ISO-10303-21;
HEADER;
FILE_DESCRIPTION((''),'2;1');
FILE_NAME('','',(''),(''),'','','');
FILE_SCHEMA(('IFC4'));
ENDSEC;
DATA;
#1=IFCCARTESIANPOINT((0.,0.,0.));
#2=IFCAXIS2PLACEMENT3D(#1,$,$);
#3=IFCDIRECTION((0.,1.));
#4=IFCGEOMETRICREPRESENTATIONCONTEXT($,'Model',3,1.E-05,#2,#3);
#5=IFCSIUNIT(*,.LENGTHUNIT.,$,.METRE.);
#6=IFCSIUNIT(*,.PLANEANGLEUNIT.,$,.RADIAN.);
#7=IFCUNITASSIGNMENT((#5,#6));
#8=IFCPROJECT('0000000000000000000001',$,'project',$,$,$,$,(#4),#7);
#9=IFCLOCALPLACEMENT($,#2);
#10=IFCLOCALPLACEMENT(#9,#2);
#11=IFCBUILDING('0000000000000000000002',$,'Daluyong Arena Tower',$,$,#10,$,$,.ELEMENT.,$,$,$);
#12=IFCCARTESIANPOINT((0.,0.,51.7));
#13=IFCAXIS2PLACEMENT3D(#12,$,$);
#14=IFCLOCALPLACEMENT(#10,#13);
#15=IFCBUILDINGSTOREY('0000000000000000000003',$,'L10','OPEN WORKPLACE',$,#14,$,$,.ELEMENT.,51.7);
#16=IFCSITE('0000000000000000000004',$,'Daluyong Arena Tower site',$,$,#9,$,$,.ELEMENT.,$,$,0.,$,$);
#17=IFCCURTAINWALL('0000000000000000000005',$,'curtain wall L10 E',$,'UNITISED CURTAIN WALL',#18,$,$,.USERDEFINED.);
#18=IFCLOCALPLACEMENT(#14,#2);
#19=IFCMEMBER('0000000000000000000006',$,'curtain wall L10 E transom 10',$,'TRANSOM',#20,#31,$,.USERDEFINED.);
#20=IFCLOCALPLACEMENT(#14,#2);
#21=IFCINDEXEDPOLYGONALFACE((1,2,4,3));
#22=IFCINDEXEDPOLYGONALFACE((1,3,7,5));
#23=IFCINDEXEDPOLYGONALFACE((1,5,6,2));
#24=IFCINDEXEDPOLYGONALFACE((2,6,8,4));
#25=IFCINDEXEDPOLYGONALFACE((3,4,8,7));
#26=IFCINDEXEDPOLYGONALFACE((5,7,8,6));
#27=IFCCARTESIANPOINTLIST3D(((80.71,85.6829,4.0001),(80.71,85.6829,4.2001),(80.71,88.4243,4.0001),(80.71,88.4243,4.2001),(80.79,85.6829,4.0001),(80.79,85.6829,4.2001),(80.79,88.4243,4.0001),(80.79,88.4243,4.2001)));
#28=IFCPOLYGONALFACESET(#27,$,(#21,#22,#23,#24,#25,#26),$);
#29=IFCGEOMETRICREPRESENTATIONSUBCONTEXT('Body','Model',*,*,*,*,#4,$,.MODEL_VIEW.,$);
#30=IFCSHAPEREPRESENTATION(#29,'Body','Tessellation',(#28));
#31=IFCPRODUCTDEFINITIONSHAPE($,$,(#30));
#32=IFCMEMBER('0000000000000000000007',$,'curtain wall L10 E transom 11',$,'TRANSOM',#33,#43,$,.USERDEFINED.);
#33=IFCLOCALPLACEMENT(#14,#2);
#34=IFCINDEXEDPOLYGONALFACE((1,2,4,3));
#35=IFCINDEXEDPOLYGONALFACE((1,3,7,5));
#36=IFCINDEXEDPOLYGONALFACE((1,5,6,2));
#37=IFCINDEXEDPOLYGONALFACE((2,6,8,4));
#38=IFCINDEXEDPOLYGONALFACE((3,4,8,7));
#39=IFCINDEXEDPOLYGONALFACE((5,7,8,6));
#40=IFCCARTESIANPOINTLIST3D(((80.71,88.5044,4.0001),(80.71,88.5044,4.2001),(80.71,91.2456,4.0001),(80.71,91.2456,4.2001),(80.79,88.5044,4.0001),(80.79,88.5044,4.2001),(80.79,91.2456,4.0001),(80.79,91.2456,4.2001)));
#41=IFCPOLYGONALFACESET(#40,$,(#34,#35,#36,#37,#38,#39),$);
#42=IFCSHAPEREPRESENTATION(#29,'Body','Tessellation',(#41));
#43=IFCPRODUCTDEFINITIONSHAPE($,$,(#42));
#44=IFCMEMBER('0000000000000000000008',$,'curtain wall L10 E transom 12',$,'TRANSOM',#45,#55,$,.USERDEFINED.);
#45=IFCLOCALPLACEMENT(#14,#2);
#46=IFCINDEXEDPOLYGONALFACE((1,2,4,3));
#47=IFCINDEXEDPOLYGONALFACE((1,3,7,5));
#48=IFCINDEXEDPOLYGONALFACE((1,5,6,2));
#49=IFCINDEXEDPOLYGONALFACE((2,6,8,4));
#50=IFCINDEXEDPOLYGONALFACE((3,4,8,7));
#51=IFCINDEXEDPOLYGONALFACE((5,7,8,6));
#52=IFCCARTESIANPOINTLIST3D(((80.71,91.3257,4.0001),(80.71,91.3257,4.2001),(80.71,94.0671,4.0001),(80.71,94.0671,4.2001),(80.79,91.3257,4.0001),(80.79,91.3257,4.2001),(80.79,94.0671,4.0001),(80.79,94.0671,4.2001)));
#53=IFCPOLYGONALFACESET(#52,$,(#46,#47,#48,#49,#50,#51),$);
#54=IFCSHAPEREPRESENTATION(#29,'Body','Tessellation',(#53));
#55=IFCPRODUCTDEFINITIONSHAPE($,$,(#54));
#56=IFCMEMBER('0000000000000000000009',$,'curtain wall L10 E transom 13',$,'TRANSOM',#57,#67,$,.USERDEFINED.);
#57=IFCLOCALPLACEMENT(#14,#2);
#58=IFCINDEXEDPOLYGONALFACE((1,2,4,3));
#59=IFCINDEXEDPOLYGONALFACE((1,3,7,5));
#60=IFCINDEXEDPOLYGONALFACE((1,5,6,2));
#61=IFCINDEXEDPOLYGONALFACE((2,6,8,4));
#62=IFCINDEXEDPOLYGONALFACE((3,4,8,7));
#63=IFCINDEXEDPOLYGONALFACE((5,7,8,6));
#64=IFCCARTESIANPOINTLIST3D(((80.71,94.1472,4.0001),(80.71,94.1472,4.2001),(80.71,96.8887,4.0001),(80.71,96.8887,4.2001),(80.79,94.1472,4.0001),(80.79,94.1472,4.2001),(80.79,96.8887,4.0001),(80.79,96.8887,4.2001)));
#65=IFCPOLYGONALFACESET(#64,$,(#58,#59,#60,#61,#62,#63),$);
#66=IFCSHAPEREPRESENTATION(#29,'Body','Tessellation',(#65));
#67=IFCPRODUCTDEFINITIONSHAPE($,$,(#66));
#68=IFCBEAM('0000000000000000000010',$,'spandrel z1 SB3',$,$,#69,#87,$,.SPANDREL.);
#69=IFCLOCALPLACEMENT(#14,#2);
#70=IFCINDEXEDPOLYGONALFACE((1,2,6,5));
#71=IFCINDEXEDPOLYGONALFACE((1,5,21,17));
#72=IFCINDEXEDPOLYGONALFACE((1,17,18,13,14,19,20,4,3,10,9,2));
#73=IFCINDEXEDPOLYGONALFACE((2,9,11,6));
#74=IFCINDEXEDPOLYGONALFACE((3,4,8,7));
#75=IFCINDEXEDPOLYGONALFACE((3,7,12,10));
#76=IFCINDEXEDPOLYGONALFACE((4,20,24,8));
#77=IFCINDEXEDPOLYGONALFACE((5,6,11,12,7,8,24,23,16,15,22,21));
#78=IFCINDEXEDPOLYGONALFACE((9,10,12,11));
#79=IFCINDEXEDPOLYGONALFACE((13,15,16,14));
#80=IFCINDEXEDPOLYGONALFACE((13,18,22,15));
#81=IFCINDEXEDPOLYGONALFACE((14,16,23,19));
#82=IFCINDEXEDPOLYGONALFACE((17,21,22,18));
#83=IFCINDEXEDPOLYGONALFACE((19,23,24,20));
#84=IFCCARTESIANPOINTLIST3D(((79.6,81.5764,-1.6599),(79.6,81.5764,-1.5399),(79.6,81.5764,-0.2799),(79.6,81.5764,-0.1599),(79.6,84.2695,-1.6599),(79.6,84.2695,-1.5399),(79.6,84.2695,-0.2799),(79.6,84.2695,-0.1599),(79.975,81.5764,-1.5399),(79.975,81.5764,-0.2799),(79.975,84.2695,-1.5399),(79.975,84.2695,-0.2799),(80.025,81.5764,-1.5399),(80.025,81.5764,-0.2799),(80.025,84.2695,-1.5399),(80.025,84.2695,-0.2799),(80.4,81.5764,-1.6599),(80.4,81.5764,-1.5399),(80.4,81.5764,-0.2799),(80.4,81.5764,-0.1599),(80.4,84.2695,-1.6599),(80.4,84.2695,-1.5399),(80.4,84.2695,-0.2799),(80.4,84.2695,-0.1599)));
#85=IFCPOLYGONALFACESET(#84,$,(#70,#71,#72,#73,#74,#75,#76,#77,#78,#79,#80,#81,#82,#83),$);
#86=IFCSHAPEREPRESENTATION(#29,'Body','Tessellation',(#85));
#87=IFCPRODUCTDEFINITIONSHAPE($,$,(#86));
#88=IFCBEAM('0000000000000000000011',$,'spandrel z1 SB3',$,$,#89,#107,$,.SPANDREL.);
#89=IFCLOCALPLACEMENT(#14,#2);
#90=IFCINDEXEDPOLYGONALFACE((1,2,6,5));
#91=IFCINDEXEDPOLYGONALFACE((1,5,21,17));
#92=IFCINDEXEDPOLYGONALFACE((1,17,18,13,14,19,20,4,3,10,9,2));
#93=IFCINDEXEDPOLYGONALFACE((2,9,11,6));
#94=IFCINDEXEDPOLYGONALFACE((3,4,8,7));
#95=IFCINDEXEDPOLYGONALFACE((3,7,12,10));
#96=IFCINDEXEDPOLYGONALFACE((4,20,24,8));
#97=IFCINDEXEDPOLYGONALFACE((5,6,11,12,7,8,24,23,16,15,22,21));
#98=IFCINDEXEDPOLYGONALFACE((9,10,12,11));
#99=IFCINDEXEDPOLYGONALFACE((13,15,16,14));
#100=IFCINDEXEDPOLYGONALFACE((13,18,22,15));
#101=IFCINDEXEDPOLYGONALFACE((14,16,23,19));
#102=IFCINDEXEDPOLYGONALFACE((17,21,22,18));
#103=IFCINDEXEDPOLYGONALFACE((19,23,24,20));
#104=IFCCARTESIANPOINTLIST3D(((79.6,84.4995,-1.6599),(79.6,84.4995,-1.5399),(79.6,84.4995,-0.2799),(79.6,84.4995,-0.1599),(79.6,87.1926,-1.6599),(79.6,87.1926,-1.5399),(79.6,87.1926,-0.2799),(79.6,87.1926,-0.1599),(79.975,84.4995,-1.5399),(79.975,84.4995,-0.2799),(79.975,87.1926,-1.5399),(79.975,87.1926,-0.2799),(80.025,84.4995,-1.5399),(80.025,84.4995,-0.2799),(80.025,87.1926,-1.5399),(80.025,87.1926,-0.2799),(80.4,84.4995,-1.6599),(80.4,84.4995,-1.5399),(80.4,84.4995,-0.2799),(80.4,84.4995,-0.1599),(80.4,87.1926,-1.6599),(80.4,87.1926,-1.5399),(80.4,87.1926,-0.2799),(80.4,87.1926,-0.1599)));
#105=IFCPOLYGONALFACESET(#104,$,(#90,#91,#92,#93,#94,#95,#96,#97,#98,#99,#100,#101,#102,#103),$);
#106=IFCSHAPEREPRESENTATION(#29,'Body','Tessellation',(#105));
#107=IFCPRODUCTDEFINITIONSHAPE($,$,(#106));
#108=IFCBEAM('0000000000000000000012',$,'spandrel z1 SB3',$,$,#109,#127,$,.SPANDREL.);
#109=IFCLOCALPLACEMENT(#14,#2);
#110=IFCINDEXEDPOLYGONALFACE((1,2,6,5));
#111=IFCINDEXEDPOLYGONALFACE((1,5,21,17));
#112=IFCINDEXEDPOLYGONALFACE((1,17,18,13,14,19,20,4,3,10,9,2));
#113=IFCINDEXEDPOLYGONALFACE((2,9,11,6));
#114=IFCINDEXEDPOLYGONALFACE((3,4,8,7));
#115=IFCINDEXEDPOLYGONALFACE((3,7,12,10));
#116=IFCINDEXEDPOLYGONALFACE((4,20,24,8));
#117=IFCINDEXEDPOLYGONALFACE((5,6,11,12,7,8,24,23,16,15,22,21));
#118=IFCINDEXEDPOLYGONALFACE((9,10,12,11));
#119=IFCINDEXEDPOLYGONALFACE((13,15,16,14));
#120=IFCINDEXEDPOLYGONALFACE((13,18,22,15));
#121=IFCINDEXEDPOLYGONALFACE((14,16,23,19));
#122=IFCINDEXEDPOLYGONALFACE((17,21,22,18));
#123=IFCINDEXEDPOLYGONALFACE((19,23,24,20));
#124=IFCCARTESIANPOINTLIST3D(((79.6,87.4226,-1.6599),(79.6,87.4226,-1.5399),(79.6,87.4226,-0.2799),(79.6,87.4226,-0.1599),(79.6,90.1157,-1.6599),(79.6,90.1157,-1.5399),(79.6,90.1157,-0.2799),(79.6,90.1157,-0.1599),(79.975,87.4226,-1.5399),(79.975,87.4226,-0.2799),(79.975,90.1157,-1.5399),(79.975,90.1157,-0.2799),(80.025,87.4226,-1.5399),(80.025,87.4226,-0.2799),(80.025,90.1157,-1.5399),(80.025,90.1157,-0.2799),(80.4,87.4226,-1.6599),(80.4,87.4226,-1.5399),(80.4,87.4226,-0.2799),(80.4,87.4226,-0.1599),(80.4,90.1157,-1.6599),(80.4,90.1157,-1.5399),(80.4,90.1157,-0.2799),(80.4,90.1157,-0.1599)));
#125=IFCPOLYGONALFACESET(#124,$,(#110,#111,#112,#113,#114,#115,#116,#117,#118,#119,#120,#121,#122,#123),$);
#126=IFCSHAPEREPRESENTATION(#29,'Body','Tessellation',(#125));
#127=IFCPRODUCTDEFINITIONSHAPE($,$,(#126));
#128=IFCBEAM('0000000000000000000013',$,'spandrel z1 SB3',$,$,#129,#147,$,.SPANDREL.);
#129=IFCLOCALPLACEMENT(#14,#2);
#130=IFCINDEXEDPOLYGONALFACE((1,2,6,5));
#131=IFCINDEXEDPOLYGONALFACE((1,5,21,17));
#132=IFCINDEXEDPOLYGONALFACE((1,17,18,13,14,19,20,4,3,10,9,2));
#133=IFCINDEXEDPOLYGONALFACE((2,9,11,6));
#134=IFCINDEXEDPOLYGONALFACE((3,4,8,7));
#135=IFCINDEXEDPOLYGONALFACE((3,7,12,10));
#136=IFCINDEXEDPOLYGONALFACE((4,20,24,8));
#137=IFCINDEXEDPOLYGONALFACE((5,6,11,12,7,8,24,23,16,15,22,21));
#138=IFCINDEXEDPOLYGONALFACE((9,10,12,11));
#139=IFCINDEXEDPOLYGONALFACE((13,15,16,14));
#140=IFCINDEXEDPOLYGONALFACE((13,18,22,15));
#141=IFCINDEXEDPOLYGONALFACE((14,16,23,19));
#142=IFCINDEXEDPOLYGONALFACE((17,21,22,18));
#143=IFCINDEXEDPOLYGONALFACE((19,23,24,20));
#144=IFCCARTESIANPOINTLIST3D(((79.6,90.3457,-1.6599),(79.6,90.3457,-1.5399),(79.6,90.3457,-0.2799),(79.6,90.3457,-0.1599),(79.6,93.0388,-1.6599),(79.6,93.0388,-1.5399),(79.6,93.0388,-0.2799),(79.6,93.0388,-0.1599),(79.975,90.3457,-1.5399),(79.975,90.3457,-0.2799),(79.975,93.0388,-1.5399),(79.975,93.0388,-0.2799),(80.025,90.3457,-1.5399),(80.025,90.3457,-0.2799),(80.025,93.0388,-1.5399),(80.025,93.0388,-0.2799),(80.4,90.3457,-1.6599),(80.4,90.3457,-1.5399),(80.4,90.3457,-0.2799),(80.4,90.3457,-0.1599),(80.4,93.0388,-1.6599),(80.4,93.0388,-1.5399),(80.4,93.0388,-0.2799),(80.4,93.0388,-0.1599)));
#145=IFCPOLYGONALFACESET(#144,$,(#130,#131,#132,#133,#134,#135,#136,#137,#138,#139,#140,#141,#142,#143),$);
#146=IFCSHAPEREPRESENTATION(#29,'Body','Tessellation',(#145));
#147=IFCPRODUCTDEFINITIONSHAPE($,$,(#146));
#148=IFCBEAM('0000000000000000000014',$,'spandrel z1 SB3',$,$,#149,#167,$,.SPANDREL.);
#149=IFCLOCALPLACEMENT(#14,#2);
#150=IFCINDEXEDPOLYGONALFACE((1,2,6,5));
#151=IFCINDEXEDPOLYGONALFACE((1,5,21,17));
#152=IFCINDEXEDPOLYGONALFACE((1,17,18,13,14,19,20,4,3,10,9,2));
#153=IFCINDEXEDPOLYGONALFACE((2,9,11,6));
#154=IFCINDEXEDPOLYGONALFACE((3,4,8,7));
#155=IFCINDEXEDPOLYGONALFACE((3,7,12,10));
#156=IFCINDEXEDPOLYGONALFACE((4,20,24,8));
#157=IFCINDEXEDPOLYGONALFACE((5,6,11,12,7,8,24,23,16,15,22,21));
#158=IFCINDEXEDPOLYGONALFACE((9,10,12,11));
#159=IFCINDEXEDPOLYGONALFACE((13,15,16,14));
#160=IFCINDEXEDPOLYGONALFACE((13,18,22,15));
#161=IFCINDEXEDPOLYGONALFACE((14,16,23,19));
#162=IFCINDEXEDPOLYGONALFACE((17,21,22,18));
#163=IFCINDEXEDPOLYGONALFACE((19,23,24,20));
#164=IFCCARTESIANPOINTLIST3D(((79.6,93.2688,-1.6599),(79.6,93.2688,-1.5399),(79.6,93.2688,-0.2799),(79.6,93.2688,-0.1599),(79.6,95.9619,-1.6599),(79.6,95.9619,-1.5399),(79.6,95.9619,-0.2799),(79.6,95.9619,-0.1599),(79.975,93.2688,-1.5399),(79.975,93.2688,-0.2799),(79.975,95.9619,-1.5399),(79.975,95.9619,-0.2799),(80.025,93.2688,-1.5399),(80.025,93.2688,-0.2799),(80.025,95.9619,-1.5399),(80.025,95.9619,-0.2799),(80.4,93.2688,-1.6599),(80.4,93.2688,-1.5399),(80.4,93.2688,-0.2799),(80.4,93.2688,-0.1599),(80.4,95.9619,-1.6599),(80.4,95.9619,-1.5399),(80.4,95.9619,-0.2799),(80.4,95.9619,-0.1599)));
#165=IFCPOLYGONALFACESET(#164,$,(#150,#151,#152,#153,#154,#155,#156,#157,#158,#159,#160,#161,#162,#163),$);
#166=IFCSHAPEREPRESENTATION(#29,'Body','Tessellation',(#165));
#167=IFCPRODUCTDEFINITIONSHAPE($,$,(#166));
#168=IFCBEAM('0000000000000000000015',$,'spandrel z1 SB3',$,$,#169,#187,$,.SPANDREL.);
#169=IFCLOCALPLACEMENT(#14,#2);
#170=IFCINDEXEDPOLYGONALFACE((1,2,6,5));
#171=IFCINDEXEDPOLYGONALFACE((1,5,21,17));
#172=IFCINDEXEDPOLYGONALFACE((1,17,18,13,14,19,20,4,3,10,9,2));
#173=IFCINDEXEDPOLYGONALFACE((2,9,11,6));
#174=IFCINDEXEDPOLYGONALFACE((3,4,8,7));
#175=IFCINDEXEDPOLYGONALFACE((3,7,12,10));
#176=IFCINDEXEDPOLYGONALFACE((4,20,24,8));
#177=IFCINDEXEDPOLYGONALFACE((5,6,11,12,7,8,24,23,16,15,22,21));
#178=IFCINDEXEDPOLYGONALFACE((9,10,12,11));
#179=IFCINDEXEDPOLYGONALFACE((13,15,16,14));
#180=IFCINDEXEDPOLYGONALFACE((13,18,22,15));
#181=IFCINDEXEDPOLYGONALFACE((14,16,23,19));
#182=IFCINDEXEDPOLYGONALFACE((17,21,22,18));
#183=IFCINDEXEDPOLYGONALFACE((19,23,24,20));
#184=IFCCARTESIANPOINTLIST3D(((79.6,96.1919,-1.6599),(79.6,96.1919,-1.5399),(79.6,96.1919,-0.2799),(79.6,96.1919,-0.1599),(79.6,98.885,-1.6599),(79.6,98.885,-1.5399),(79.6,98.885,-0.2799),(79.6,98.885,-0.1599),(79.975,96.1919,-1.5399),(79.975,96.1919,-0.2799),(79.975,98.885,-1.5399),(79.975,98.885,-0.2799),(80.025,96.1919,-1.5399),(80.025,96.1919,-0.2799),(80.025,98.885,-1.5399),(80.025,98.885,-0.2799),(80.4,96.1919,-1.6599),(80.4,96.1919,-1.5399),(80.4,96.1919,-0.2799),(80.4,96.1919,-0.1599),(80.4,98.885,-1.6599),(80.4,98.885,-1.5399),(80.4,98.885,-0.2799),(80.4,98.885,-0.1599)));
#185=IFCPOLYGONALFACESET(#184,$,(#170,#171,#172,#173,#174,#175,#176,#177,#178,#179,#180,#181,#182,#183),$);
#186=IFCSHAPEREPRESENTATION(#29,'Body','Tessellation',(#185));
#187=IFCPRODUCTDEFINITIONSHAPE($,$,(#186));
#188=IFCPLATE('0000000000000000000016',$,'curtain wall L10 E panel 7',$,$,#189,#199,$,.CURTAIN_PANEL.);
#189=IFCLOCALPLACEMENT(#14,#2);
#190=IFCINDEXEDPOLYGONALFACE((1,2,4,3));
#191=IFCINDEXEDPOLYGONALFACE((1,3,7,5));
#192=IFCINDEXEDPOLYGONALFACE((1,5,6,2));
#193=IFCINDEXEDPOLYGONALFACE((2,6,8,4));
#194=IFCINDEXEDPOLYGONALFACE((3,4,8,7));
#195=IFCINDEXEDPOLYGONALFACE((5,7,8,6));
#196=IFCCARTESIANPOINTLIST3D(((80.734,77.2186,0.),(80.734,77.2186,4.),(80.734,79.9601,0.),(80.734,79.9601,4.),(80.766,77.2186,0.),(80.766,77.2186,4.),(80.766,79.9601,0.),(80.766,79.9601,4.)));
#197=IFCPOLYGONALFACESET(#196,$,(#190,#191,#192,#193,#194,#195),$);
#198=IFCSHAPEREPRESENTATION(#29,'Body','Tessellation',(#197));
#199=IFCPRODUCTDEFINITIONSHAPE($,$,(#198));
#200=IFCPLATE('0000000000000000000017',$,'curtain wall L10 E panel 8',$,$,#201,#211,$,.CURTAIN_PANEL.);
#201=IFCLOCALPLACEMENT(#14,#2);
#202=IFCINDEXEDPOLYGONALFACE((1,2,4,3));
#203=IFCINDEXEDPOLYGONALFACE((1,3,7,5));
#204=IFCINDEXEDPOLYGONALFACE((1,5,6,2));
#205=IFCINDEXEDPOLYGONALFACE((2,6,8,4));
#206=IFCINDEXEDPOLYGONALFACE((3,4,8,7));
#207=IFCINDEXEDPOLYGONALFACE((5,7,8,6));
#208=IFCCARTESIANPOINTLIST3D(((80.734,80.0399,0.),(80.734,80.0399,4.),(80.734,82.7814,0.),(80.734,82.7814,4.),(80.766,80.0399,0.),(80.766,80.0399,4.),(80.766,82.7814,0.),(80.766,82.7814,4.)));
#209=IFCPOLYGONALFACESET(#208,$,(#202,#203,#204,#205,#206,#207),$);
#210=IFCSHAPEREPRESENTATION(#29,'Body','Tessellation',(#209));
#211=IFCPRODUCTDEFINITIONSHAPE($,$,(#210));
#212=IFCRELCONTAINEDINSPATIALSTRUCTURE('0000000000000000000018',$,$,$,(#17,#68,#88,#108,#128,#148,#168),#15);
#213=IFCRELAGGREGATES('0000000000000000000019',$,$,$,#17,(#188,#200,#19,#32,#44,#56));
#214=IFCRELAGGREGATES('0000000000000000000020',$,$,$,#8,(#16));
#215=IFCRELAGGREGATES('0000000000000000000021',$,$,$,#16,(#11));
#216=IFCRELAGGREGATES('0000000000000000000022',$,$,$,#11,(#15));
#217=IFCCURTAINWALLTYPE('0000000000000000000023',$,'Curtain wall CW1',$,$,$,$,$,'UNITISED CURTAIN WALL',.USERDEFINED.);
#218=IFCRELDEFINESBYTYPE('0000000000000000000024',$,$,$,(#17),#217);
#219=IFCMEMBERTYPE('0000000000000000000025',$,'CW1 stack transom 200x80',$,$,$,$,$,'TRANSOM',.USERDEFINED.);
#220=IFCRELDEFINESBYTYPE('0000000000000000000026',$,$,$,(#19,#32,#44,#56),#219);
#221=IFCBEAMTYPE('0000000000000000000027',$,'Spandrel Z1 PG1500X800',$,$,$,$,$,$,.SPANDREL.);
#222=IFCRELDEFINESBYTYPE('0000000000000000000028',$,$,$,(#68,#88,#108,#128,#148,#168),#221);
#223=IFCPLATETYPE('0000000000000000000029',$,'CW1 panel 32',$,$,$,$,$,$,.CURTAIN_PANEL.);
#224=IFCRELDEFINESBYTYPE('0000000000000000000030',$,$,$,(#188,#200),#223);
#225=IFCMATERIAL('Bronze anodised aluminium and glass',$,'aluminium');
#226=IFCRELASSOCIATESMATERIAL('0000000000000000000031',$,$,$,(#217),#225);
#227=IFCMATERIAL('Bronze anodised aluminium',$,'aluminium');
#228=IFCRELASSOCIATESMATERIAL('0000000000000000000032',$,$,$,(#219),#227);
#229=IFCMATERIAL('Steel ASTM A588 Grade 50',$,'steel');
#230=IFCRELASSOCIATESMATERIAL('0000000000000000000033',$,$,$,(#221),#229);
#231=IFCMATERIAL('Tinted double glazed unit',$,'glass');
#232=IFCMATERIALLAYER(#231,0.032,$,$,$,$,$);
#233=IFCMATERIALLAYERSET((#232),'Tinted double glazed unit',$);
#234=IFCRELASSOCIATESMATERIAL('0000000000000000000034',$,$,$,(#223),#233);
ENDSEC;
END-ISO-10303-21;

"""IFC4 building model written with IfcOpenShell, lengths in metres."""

from ifc_helpers import new_model, si_unit, direction, frame, origin, origin_2d, place, context, subcontext, project, spatial, rectangle, i_section, extrude, material, layer, layer_set, material_profile, profile_set, type_object, element, aggregate, save


model = new_model("IFC4")

# Units and contexts
model_context = context("Model", 3, precision=1e-05, world=origin(), true_north=direction((0.0, 1.0)))
body_context = subcontext(model_context, "Body", "Model", "MODEL_VIEW")
ifc_project = project(units=[si_unit("LENGTHUNIT", "METRE"), si_unit("PLANEANGLEUNIT", "RADIAN")], contexts=[model_context])

# Site, building, storey
site_placement = place(None, origin())
site = spatial("IfcSite", under=ifc_project, at=site_placement, Name="Daluyong Arena Tower site", CompositionType="ELEMENT", RefElevation=0.0)
building_placement = place(site_placement, origin())
building = spatial("IfcBuilding", under=site, at=building_placement, Name="Daluyong Arena Tower", CompositionType="ELEMENT")
storey_placement = place(building_placement, frame((0.0, 0.0, 51.7)))
storey = spatial("IfcBuildingStorey", under=building, at=storey_placement, Name="L10", Description="OPEN WORKPLACE", CompositionType="ELEMENT", Elevation=51.7)

# Curtain wall, members
ifc_material_1 = material(Name="Bronze anodised aluminium and glass", Category="aluminium")
curtain_wall_type = type_object("IfcCurtainWallType", Name="Curtain wall CW1", ElementType="UNITISED CURTAIN WALL", PredefinedType="USERDEFINED", material=ifc_material_1)
curtain_wall_placement = place(storey_placement, origin())
curtain_wall = element("IfcCurtainWall", 1, at=curtain_wall_placement, inside=storey, type_object=curtain_wall_type, Name="curtain wall L10 E", ObjectType="UNITISED CURTAIN WALL", PredefinedType="USERDEFINED")
ifc_material_2 = material(Name="Bronze anodised aluminium", Category="aluminium")
ifc_material_profile_1 = material_profile(ifc_material_2, rectangle(XDim=0.0801, YDim=0.2, at=origin_2d()))
ifc_profile_set_1 = profile_set([ifc_material_profile_1], Name="Bronze anodised aluminium")
member_type_1 = type_object("IfcMemberType", Name="CW1 stack transom 200x80", ElementType="TRANSOM", PredefinedType="USERDEFINED", material=ifc_profile_set_1)
member_1_placement = place(storey_placement, frame((80.75, 85.6829, 4.1001), z_axis=(0.0, 1.0, 0.0), x_axis=(-1.0, 0.0, 0.0)))
member_1 = element("IfcMember", 2, at=member_1_placement, type_object=member_type_1, Name="curtain wall L10 E transom 10", ObjectType="TRANSOM", PredefinedType="USERDEFINED", context=body_context, shape_type="SweptSolid", body=[
    extrude(rectangle(XDim=0.0801, YDim=0.2, at=origin_2d()), origin(), (0.0, 0.0, 1.0), 2.7415),
])
member_2_placement = place(storey_placement, frame((80.75, 88.5044, 4.1001), z_axis=(0.0, 1.0, 0.0), x_axis=(-1.0, 0.0, 0.0)))
member_2 = element("IfcMember", 3, at=member_2_placement, type_object=member_type_1, Name="curtain wall L10 E transom 11", ObjectType="TRANSOM", PredefinedType="USERDEFINED", context=body_context, shape_type="SweptSolid", body=[
    extrude(rectangle(XDim=0.0801, YDim=0.2, at=origin_2d()), origin(), (0.0, 0.0, 1.0), 2.7412),
])
member_3_placement = place(storey_placement, frame((80.75, 91.3257, 4.1001), z_axis=(0.0, 1.0, 0.0), x_axis=(-1.0, 0.0, 0.0)))
member_3 = element("IfcMember", 4, at=member_3_placement, type_object=member_type_1, Name="curtain wall L10 E transom 12", ObjectType="TRANSOM", PredefinedType="USERDEFINED", context=body_context, shape_type="SweptSolid", body=[
    extrude(rectangle(XDim=0.0801, YDim=0.2, at=origin_2d()), origin(), (0.0, 0.0, 1.0), 2.7415),
])
member_4_placement = place(storey_placement, frame((80.75, 94.1472, 4.1001), z_axis=(0.0, 1.0, 0.0), x_axis=(-1.0, 0.0, 0.0)))
member_4 = element("IfcMember", 5, at=member_4_placement, type_object=member_type_1, Name="curtain wall L10 E transom 13", ObjectType="TRANSOM", PredefinedType="USERDEFINED", context=body_context, shape_type="SweptSolid", body=[
    extrude(rectangle(XDim=0.0801, YDim=0.2, at=origin_2d()), origin(), (0.0, 0.0, 1.0), 2.7415),
])

# Beams
ifc_material_3 = material(Name="Steel ASTM A588 Grade 50", Category="steel")
ifc_material_profile_2 = material_profile(ifc_material_3, i_section(OverallWidth=0.8, OverallDepth=1.5, WebThickness=0.05, FlangeThickness=0.12, at=origin_2d()))
ifc_profile_set_2 = profile_set([ifc_material_profile_2], Name="Steel ASTM A588 Grade 50")
beam_type = type_object("IfcBeamType", Name="Spandrel Z1 PG1500X800", PredefinedType="SPANDREL", material=ifc_profile_set_2)
for number, where, z_axis, x_axis, name in (
    (6, (80.0, 81.5764, -0.9099), (0.0, 1.0, 0.0), (-1.0, 0.0, 0.0), "spandrel z1 SB3"),
    (7, (80.0, 84.4995, -0.9099), (0.0, 1.0, 0.0), (-1.0, 0.0, 0.0), "spandrel z1 SB3"),
    (8, (80.0, 87.4226, -0.9099), (0.0, 1.0, 0.0), (-1.0, 0.0, 0.0), "spandrel z1 SB3"),
    (9, (80.0, 90.3457, -0.9099), (0.0, 1.0, 0.0), (-1.0, 0.0, 0.0), "spandrel z1 SB3"),
    (10, (80.0, 93.2688, -0.9099), (0.0, 1.0, 0.0), (-1.0, 0.0, 0.0), "spandrel z1 SB3"),
    (11, (80.0, 96.1919, -0.9099), (0.0, 1.0, 0.0), (-1.0, 0.0, 0.0), "spandrel z1 SB3"),
):
    element("IfcBeam", number, at=place(storey_placement, frame(where, z_axis=z_axis, x_axis=x_axis)), inside=storey, type_object=beam_type, Name=name, PredefinedType="SPANDREL", context=body_context, shape_type="SweptSolid", body=[
        extrude(i_section(OverallWidth=0.8, OverallDepth=1.5, WebThickness=0.05, FlangeThickness=0.12, at=origin_2d()), origin(), (0.0, 0.0, 1.0), 2.6931),
    ])

# Plates
ifc_material_4 = material(Name="Tinted double glazed unit", Category="glass")
ifc_layer = layer(ifc_material_4, 0.032)
ifc_layer_set = layer_set([ifc_layer], Name="Tinted double glazed unit")
plate_type = type_object("IfcPlateType", Name="CW1 panel 32", PredefinedType="CURTAIN_PANEL", material=ifc_layer_set)
plate_1_placement = place(storey_placement, frame((80.75, 78.5894, 0.0), z_axis=(0.0, 0.0, 1.0), x_axis=(0.0, 1.0, 0.0)))
plate_1 = element("IfcPlate", 12, at=plate_1_placement, type_object=plate_type, Name="curtain wall L10 E panel 7", PredefinedType="CURTAIN_PANEL", context=body_context, shape_type="SweptSolid", body=[
    extrude(rectangle(XDim=2.7415, YDim=0.032, at=origin_2d()), origin(), (0.0, 0.0, 1.0), 4.0),
])
plate_2_placement = place(storey_placement, frame((80.75, 81.4106, 0.0), z_axis=(0.0, 0.0, 1.0), x_axis=(0.0, 1.0, 0.0)))
plate_2 = element("IfcPlate", 13, at=plate_2_placement, type_object=plate_type, Name="curtain wall L10 E panel 8", PredefinedType="CURTAIN_PANEL", context=body_context, shape_type="SweptSolid", body=[
    extrude(rectangle(XDim=2.7415, YDim=0.032, at=origin_2d()), origin(), (0.0, 0.0, 1.0), 4.0),
])
aggregate(curtain_wall, [plate_1, plate_2, member_1, member_2, member_3, member_4])

save(model, "model.ifc")
